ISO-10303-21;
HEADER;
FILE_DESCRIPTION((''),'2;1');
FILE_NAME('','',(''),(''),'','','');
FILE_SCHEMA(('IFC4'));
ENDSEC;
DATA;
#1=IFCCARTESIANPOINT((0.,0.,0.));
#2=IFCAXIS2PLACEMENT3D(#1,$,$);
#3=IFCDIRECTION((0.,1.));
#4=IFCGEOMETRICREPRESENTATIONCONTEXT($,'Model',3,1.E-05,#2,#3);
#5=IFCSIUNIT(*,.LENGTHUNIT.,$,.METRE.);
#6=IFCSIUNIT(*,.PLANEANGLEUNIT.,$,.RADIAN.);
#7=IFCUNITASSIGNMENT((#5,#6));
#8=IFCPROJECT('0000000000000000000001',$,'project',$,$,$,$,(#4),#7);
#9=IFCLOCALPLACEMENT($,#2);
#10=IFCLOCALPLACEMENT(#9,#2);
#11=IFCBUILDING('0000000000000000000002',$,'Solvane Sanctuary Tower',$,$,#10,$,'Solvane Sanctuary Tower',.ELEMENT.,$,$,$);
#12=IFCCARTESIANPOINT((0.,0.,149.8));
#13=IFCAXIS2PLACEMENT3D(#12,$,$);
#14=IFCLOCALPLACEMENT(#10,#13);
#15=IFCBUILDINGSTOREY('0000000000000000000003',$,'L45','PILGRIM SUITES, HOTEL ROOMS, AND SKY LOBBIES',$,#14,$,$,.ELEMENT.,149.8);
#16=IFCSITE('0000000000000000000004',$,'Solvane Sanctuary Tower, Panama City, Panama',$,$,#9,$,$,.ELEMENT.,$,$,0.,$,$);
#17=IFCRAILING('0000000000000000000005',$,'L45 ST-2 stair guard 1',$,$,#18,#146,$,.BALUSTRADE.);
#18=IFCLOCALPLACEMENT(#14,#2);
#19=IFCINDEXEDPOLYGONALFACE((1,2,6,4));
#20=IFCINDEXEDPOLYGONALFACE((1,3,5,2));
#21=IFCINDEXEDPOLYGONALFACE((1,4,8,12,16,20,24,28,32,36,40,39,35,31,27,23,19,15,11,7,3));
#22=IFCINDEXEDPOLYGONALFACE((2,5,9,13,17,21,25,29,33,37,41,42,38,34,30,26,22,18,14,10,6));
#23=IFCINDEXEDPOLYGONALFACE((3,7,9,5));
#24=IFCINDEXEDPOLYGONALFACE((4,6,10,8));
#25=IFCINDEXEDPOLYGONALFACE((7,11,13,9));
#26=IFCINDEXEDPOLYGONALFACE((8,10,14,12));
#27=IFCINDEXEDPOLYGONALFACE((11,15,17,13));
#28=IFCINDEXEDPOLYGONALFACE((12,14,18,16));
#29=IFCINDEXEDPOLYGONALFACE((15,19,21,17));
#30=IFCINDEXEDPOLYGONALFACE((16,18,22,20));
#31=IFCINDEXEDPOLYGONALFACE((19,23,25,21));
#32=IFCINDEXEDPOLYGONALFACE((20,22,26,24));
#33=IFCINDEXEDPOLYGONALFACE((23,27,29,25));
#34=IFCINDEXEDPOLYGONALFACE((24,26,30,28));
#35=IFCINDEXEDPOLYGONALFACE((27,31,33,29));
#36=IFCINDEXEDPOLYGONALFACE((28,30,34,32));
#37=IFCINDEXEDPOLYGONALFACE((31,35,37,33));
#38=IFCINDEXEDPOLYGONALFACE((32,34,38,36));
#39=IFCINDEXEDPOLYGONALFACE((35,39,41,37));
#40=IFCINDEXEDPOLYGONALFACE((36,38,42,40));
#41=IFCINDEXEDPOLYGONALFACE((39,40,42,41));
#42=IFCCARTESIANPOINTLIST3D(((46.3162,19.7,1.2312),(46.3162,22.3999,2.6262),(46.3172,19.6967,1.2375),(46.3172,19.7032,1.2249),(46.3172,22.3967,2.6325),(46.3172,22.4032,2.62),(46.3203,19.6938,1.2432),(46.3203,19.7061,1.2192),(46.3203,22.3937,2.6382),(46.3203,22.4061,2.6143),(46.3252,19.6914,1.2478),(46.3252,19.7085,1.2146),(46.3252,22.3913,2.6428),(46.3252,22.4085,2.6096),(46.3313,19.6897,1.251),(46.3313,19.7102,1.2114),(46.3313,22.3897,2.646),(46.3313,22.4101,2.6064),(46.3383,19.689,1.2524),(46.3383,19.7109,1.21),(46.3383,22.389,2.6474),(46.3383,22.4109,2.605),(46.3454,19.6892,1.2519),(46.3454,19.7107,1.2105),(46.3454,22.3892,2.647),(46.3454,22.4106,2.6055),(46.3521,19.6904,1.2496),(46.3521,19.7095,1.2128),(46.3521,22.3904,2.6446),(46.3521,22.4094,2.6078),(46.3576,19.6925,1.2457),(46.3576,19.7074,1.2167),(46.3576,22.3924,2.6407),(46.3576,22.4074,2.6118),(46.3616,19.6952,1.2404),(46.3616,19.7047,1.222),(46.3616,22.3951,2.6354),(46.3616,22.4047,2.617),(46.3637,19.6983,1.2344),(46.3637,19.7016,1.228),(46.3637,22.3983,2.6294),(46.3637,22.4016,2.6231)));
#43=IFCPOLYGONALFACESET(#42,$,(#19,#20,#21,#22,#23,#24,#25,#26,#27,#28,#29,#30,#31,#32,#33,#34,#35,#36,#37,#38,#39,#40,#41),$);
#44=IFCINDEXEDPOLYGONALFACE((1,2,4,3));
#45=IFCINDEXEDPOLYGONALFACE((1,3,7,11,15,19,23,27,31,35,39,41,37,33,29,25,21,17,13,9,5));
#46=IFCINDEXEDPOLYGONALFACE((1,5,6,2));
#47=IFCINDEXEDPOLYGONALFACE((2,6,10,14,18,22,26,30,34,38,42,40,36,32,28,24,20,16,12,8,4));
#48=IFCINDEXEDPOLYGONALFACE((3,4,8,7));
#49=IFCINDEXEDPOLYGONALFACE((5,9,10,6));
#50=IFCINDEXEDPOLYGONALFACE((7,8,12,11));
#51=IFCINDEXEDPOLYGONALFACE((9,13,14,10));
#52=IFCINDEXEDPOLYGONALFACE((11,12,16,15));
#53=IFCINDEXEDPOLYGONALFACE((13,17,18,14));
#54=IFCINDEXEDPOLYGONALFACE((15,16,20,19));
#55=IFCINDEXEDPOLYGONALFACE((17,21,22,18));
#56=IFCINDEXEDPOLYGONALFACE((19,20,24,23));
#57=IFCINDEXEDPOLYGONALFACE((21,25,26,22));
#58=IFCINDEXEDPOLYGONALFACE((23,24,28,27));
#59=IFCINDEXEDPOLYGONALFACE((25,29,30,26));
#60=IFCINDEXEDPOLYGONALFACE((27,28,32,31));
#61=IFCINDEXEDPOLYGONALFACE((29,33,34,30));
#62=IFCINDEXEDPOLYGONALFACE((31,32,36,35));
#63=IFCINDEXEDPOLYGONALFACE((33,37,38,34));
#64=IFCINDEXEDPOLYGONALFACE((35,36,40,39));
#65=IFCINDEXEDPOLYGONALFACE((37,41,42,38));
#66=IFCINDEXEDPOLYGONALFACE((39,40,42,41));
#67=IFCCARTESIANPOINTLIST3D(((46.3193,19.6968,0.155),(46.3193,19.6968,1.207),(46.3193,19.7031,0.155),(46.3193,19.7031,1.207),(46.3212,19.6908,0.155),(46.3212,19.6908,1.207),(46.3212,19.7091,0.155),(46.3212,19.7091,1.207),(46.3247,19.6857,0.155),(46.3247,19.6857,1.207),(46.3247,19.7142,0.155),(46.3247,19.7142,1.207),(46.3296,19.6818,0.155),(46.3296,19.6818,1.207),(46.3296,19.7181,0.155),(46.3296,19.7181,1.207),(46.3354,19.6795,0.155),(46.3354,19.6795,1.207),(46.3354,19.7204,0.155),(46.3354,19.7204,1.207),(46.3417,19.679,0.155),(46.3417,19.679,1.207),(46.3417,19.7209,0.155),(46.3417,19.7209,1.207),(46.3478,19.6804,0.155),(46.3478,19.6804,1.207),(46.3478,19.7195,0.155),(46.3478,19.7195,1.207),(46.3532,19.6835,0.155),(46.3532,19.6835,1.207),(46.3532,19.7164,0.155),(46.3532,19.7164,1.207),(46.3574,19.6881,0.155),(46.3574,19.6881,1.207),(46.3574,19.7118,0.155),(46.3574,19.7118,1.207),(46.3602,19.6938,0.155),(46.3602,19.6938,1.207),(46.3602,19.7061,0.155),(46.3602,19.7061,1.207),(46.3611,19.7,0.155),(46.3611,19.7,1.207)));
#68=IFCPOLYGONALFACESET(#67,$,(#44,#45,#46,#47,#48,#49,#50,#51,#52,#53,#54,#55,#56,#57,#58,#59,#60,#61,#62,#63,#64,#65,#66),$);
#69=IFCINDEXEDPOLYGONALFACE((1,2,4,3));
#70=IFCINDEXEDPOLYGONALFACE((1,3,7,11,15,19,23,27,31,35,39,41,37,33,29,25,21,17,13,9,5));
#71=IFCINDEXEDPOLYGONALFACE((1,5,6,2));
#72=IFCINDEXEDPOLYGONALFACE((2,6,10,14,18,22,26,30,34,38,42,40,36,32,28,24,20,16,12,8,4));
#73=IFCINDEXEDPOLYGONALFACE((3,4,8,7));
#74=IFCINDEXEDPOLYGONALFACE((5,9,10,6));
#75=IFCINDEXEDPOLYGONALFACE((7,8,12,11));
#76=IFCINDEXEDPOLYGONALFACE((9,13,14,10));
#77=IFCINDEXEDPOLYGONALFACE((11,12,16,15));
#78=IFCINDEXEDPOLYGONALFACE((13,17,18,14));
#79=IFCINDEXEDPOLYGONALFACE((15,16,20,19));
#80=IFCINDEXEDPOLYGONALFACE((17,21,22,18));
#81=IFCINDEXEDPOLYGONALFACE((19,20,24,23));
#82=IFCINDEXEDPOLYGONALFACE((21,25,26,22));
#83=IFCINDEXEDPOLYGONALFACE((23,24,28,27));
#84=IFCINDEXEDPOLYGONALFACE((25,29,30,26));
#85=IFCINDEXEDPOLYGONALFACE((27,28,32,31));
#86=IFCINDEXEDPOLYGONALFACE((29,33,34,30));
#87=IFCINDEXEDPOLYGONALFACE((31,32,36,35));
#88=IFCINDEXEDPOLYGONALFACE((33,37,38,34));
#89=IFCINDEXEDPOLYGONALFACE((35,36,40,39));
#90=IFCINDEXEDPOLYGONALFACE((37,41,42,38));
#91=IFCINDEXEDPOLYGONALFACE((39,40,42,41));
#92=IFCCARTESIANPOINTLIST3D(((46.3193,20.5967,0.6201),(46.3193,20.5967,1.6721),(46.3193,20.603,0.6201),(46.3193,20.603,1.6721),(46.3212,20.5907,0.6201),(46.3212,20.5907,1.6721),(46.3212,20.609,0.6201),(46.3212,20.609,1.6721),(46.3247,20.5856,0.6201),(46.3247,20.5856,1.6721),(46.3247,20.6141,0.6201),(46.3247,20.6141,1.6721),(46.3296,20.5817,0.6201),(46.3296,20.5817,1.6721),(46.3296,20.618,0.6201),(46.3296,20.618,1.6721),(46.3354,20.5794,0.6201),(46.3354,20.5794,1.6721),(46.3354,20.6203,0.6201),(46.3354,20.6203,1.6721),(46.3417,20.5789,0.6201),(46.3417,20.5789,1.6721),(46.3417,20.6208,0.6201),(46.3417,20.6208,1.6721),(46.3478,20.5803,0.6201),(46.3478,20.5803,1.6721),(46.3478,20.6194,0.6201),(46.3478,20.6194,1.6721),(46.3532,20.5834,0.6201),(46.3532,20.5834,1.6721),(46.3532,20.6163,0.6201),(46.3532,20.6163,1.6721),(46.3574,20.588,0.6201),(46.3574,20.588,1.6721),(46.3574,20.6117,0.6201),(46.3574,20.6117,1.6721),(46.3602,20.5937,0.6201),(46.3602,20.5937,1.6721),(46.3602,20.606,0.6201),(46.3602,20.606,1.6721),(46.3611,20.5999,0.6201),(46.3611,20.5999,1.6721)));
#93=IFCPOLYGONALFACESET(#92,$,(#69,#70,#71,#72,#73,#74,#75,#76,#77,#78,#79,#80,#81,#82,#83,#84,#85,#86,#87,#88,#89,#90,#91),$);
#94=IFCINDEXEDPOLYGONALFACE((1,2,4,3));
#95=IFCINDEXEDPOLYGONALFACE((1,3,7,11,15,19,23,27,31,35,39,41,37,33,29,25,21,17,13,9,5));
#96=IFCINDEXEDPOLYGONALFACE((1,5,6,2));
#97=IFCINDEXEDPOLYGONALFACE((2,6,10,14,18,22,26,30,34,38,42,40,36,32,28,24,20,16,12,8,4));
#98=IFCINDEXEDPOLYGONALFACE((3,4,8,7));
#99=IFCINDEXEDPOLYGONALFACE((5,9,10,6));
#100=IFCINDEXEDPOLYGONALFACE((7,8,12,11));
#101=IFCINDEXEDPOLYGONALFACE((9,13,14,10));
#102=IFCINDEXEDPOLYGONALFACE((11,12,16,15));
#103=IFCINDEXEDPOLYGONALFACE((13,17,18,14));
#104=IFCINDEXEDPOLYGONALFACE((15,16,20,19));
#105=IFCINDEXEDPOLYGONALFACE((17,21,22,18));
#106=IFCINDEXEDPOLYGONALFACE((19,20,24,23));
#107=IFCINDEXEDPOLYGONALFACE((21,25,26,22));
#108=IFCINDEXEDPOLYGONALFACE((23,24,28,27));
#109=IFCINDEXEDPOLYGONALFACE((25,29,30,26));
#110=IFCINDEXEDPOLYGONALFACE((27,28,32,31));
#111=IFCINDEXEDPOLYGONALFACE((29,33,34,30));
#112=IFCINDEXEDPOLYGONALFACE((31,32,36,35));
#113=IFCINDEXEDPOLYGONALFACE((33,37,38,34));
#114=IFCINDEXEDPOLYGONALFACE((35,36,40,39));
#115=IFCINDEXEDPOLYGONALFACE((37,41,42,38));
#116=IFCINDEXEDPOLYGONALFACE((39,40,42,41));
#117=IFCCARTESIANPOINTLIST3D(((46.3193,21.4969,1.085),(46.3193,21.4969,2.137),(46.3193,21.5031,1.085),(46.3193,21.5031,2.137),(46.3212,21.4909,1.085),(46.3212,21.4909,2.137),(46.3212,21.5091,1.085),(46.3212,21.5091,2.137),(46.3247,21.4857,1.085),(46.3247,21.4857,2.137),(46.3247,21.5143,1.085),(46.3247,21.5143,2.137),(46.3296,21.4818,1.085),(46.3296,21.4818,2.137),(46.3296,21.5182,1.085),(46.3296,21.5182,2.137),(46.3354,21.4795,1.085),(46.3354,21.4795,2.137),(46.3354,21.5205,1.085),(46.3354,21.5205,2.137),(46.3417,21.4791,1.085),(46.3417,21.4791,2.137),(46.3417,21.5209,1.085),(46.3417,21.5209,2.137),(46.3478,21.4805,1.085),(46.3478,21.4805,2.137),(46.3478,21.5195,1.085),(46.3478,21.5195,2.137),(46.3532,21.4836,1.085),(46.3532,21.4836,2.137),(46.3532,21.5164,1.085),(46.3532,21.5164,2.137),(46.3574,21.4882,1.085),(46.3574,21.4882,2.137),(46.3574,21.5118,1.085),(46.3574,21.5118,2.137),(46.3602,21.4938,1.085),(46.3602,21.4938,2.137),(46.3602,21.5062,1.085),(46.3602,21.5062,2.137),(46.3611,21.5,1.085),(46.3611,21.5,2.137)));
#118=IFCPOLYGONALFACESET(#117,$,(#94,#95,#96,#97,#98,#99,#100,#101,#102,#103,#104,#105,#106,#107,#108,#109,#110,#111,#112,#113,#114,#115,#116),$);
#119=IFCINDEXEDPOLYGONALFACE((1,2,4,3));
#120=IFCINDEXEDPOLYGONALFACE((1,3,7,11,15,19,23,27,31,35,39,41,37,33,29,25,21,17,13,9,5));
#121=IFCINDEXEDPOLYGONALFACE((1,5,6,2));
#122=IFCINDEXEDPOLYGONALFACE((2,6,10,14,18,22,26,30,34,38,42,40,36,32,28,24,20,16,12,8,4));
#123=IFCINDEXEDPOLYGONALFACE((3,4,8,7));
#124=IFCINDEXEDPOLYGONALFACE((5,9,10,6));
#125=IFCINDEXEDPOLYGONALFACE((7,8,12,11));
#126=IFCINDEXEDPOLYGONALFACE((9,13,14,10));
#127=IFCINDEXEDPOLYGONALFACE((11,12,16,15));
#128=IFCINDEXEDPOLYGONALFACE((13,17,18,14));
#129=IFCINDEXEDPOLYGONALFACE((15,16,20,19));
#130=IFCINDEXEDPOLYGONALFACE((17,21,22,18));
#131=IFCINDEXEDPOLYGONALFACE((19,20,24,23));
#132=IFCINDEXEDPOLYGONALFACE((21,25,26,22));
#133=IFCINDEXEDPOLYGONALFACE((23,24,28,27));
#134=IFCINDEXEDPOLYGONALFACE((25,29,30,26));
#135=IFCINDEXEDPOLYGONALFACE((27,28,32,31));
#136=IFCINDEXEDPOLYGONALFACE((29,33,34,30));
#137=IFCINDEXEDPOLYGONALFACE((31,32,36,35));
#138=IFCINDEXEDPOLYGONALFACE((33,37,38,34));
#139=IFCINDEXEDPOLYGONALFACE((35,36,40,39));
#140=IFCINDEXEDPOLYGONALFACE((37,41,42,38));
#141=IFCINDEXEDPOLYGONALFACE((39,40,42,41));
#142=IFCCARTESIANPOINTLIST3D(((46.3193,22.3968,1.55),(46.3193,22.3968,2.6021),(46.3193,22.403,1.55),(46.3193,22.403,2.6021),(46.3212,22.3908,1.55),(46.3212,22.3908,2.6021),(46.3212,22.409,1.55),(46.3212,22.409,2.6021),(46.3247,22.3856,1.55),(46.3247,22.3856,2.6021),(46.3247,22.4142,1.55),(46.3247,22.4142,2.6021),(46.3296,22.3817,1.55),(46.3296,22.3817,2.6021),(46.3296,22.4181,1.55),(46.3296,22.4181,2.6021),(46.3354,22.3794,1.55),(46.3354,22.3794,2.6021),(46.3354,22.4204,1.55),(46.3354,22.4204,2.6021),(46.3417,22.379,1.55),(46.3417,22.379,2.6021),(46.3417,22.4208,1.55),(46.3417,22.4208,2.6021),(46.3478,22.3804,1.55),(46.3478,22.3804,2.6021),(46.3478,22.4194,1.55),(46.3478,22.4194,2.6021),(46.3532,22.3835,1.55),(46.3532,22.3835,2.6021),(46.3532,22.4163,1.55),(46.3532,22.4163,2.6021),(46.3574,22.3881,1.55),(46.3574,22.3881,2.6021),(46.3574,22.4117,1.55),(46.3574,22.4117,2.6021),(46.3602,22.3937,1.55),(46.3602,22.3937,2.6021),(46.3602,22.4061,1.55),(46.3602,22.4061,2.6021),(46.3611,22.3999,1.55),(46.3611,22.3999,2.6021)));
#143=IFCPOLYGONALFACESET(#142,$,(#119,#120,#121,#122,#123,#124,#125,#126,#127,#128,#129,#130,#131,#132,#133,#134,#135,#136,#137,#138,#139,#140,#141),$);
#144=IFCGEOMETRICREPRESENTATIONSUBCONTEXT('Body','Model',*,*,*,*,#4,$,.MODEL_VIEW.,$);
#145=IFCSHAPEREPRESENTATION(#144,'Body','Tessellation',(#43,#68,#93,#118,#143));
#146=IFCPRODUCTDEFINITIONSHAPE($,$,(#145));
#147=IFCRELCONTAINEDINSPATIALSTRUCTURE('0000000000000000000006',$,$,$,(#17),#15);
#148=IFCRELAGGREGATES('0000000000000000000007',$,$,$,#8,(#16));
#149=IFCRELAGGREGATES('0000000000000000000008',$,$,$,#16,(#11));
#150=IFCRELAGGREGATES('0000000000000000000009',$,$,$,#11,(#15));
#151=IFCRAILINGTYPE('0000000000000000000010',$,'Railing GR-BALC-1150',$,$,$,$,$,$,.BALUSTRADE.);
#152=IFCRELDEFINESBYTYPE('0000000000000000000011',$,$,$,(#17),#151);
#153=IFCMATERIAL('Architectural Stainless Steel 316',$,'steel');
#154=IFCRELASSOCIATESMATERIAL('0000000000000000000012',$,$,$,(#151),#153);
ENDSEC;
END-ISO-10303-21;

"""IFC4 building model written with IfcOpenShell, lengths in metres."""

from ifc_helpers import new_model, si_unit, direction, frame, origin, origin_2d, place, context, subcontext, project, spatial, circle, extrude, material, type_object, element, save


model = new_model("IFC4")

# Units and contexts
model_context = context("Model", 3, precision=1e-05, world=origin(), true_north=direction((0.0, 1.0)))
body_context = subcontext(model_context, "Body", "Model", "MODEL_VIEW")
ifc_project = project(units=[si_unit("LENGTHUNIT", "METRE"), si_unit("PLANEANGLEUNIT", "RADIAN")], contexts=[model_context])

# Site, building, storey
site_placement = place(None, origin())
site = spatial("IfcSite", under=ifc_project, at=site_placement, Name="Solvane Sanctuary Tower, Panama City, Panama", CompositionType="ELEMENT", RefElevation=0.0)
building_placement = place(site_placement, origin())
building = spatial("IfcBuilding", under=site, at=building_placement, Name="Solvane Sanctuary Tower", LongName="Solvane Sanctuary Tower", CompositionType="ELEMENT")
storey_placement = place(building_placement, frame((0.0, 0.0, 149.8)))
storey = spatial("IfcBuildingStorey", under=building, at=storey_placement, Name="L45", Description="PILGRIM SUITES, HOTEL ROOMS, AND SKY LOBBIES", CompositionType="ELEMENT", Elevation=149.8)

# Shared definitions
ifc_material_1 = material(Name="Architectural Stainless Steel 316", Category="steel")

# Railing
railing_type_1 = type_object("IfcRailingType", Name="Railing GR-BALC-1150", PredefinedType="BALUSTRADE", material=ifc_material_1)
railing_1_placement = place(storey_placement, frame((46.3401, 19.7, 0.155)))
element("IfcRailing", 1, at=railing_1_placement, inside=storey, type_object=railing_type_1, Name="L45 ST-2 stair guard 1", PredefinedType="BALUSTRADE", context=body_context, shape_type="SweptSolid", body=[
    extrude(circle(Radius=0.0239, at=origin_2d()), frame((0.0, 0.0, 1.0762), z_axis=(0.0, 0.88842, 0.459032), x_axis=(-1.0, 0.0, 0.0)), (0.0, 0.0, 1.0), 3.0391),
    extrude(circle(Radius=0.021, at=origin_2d()), origin(), (0.0, 0.0, 1.0), 1.052),
    extrude(circle(Radius=0.021, at=origin_2d()), frame((0.0, 0.8999, 0.4651)), (0.0, 0.0, 1.0), 1.052),
    extrude(circle(Radius=0.021, at=origin_2d()), frame((0.0, 1.8, 0.9299)), (0.0, 0.0, 1.0), 1.052),
    extrude(circle(Radius=0.021, at=origin_2d()), frame((0.0, 2.7, 1.395)), (0.0, 0.0, 1.0), 1.052),
])

save(model, "model.ifc")
